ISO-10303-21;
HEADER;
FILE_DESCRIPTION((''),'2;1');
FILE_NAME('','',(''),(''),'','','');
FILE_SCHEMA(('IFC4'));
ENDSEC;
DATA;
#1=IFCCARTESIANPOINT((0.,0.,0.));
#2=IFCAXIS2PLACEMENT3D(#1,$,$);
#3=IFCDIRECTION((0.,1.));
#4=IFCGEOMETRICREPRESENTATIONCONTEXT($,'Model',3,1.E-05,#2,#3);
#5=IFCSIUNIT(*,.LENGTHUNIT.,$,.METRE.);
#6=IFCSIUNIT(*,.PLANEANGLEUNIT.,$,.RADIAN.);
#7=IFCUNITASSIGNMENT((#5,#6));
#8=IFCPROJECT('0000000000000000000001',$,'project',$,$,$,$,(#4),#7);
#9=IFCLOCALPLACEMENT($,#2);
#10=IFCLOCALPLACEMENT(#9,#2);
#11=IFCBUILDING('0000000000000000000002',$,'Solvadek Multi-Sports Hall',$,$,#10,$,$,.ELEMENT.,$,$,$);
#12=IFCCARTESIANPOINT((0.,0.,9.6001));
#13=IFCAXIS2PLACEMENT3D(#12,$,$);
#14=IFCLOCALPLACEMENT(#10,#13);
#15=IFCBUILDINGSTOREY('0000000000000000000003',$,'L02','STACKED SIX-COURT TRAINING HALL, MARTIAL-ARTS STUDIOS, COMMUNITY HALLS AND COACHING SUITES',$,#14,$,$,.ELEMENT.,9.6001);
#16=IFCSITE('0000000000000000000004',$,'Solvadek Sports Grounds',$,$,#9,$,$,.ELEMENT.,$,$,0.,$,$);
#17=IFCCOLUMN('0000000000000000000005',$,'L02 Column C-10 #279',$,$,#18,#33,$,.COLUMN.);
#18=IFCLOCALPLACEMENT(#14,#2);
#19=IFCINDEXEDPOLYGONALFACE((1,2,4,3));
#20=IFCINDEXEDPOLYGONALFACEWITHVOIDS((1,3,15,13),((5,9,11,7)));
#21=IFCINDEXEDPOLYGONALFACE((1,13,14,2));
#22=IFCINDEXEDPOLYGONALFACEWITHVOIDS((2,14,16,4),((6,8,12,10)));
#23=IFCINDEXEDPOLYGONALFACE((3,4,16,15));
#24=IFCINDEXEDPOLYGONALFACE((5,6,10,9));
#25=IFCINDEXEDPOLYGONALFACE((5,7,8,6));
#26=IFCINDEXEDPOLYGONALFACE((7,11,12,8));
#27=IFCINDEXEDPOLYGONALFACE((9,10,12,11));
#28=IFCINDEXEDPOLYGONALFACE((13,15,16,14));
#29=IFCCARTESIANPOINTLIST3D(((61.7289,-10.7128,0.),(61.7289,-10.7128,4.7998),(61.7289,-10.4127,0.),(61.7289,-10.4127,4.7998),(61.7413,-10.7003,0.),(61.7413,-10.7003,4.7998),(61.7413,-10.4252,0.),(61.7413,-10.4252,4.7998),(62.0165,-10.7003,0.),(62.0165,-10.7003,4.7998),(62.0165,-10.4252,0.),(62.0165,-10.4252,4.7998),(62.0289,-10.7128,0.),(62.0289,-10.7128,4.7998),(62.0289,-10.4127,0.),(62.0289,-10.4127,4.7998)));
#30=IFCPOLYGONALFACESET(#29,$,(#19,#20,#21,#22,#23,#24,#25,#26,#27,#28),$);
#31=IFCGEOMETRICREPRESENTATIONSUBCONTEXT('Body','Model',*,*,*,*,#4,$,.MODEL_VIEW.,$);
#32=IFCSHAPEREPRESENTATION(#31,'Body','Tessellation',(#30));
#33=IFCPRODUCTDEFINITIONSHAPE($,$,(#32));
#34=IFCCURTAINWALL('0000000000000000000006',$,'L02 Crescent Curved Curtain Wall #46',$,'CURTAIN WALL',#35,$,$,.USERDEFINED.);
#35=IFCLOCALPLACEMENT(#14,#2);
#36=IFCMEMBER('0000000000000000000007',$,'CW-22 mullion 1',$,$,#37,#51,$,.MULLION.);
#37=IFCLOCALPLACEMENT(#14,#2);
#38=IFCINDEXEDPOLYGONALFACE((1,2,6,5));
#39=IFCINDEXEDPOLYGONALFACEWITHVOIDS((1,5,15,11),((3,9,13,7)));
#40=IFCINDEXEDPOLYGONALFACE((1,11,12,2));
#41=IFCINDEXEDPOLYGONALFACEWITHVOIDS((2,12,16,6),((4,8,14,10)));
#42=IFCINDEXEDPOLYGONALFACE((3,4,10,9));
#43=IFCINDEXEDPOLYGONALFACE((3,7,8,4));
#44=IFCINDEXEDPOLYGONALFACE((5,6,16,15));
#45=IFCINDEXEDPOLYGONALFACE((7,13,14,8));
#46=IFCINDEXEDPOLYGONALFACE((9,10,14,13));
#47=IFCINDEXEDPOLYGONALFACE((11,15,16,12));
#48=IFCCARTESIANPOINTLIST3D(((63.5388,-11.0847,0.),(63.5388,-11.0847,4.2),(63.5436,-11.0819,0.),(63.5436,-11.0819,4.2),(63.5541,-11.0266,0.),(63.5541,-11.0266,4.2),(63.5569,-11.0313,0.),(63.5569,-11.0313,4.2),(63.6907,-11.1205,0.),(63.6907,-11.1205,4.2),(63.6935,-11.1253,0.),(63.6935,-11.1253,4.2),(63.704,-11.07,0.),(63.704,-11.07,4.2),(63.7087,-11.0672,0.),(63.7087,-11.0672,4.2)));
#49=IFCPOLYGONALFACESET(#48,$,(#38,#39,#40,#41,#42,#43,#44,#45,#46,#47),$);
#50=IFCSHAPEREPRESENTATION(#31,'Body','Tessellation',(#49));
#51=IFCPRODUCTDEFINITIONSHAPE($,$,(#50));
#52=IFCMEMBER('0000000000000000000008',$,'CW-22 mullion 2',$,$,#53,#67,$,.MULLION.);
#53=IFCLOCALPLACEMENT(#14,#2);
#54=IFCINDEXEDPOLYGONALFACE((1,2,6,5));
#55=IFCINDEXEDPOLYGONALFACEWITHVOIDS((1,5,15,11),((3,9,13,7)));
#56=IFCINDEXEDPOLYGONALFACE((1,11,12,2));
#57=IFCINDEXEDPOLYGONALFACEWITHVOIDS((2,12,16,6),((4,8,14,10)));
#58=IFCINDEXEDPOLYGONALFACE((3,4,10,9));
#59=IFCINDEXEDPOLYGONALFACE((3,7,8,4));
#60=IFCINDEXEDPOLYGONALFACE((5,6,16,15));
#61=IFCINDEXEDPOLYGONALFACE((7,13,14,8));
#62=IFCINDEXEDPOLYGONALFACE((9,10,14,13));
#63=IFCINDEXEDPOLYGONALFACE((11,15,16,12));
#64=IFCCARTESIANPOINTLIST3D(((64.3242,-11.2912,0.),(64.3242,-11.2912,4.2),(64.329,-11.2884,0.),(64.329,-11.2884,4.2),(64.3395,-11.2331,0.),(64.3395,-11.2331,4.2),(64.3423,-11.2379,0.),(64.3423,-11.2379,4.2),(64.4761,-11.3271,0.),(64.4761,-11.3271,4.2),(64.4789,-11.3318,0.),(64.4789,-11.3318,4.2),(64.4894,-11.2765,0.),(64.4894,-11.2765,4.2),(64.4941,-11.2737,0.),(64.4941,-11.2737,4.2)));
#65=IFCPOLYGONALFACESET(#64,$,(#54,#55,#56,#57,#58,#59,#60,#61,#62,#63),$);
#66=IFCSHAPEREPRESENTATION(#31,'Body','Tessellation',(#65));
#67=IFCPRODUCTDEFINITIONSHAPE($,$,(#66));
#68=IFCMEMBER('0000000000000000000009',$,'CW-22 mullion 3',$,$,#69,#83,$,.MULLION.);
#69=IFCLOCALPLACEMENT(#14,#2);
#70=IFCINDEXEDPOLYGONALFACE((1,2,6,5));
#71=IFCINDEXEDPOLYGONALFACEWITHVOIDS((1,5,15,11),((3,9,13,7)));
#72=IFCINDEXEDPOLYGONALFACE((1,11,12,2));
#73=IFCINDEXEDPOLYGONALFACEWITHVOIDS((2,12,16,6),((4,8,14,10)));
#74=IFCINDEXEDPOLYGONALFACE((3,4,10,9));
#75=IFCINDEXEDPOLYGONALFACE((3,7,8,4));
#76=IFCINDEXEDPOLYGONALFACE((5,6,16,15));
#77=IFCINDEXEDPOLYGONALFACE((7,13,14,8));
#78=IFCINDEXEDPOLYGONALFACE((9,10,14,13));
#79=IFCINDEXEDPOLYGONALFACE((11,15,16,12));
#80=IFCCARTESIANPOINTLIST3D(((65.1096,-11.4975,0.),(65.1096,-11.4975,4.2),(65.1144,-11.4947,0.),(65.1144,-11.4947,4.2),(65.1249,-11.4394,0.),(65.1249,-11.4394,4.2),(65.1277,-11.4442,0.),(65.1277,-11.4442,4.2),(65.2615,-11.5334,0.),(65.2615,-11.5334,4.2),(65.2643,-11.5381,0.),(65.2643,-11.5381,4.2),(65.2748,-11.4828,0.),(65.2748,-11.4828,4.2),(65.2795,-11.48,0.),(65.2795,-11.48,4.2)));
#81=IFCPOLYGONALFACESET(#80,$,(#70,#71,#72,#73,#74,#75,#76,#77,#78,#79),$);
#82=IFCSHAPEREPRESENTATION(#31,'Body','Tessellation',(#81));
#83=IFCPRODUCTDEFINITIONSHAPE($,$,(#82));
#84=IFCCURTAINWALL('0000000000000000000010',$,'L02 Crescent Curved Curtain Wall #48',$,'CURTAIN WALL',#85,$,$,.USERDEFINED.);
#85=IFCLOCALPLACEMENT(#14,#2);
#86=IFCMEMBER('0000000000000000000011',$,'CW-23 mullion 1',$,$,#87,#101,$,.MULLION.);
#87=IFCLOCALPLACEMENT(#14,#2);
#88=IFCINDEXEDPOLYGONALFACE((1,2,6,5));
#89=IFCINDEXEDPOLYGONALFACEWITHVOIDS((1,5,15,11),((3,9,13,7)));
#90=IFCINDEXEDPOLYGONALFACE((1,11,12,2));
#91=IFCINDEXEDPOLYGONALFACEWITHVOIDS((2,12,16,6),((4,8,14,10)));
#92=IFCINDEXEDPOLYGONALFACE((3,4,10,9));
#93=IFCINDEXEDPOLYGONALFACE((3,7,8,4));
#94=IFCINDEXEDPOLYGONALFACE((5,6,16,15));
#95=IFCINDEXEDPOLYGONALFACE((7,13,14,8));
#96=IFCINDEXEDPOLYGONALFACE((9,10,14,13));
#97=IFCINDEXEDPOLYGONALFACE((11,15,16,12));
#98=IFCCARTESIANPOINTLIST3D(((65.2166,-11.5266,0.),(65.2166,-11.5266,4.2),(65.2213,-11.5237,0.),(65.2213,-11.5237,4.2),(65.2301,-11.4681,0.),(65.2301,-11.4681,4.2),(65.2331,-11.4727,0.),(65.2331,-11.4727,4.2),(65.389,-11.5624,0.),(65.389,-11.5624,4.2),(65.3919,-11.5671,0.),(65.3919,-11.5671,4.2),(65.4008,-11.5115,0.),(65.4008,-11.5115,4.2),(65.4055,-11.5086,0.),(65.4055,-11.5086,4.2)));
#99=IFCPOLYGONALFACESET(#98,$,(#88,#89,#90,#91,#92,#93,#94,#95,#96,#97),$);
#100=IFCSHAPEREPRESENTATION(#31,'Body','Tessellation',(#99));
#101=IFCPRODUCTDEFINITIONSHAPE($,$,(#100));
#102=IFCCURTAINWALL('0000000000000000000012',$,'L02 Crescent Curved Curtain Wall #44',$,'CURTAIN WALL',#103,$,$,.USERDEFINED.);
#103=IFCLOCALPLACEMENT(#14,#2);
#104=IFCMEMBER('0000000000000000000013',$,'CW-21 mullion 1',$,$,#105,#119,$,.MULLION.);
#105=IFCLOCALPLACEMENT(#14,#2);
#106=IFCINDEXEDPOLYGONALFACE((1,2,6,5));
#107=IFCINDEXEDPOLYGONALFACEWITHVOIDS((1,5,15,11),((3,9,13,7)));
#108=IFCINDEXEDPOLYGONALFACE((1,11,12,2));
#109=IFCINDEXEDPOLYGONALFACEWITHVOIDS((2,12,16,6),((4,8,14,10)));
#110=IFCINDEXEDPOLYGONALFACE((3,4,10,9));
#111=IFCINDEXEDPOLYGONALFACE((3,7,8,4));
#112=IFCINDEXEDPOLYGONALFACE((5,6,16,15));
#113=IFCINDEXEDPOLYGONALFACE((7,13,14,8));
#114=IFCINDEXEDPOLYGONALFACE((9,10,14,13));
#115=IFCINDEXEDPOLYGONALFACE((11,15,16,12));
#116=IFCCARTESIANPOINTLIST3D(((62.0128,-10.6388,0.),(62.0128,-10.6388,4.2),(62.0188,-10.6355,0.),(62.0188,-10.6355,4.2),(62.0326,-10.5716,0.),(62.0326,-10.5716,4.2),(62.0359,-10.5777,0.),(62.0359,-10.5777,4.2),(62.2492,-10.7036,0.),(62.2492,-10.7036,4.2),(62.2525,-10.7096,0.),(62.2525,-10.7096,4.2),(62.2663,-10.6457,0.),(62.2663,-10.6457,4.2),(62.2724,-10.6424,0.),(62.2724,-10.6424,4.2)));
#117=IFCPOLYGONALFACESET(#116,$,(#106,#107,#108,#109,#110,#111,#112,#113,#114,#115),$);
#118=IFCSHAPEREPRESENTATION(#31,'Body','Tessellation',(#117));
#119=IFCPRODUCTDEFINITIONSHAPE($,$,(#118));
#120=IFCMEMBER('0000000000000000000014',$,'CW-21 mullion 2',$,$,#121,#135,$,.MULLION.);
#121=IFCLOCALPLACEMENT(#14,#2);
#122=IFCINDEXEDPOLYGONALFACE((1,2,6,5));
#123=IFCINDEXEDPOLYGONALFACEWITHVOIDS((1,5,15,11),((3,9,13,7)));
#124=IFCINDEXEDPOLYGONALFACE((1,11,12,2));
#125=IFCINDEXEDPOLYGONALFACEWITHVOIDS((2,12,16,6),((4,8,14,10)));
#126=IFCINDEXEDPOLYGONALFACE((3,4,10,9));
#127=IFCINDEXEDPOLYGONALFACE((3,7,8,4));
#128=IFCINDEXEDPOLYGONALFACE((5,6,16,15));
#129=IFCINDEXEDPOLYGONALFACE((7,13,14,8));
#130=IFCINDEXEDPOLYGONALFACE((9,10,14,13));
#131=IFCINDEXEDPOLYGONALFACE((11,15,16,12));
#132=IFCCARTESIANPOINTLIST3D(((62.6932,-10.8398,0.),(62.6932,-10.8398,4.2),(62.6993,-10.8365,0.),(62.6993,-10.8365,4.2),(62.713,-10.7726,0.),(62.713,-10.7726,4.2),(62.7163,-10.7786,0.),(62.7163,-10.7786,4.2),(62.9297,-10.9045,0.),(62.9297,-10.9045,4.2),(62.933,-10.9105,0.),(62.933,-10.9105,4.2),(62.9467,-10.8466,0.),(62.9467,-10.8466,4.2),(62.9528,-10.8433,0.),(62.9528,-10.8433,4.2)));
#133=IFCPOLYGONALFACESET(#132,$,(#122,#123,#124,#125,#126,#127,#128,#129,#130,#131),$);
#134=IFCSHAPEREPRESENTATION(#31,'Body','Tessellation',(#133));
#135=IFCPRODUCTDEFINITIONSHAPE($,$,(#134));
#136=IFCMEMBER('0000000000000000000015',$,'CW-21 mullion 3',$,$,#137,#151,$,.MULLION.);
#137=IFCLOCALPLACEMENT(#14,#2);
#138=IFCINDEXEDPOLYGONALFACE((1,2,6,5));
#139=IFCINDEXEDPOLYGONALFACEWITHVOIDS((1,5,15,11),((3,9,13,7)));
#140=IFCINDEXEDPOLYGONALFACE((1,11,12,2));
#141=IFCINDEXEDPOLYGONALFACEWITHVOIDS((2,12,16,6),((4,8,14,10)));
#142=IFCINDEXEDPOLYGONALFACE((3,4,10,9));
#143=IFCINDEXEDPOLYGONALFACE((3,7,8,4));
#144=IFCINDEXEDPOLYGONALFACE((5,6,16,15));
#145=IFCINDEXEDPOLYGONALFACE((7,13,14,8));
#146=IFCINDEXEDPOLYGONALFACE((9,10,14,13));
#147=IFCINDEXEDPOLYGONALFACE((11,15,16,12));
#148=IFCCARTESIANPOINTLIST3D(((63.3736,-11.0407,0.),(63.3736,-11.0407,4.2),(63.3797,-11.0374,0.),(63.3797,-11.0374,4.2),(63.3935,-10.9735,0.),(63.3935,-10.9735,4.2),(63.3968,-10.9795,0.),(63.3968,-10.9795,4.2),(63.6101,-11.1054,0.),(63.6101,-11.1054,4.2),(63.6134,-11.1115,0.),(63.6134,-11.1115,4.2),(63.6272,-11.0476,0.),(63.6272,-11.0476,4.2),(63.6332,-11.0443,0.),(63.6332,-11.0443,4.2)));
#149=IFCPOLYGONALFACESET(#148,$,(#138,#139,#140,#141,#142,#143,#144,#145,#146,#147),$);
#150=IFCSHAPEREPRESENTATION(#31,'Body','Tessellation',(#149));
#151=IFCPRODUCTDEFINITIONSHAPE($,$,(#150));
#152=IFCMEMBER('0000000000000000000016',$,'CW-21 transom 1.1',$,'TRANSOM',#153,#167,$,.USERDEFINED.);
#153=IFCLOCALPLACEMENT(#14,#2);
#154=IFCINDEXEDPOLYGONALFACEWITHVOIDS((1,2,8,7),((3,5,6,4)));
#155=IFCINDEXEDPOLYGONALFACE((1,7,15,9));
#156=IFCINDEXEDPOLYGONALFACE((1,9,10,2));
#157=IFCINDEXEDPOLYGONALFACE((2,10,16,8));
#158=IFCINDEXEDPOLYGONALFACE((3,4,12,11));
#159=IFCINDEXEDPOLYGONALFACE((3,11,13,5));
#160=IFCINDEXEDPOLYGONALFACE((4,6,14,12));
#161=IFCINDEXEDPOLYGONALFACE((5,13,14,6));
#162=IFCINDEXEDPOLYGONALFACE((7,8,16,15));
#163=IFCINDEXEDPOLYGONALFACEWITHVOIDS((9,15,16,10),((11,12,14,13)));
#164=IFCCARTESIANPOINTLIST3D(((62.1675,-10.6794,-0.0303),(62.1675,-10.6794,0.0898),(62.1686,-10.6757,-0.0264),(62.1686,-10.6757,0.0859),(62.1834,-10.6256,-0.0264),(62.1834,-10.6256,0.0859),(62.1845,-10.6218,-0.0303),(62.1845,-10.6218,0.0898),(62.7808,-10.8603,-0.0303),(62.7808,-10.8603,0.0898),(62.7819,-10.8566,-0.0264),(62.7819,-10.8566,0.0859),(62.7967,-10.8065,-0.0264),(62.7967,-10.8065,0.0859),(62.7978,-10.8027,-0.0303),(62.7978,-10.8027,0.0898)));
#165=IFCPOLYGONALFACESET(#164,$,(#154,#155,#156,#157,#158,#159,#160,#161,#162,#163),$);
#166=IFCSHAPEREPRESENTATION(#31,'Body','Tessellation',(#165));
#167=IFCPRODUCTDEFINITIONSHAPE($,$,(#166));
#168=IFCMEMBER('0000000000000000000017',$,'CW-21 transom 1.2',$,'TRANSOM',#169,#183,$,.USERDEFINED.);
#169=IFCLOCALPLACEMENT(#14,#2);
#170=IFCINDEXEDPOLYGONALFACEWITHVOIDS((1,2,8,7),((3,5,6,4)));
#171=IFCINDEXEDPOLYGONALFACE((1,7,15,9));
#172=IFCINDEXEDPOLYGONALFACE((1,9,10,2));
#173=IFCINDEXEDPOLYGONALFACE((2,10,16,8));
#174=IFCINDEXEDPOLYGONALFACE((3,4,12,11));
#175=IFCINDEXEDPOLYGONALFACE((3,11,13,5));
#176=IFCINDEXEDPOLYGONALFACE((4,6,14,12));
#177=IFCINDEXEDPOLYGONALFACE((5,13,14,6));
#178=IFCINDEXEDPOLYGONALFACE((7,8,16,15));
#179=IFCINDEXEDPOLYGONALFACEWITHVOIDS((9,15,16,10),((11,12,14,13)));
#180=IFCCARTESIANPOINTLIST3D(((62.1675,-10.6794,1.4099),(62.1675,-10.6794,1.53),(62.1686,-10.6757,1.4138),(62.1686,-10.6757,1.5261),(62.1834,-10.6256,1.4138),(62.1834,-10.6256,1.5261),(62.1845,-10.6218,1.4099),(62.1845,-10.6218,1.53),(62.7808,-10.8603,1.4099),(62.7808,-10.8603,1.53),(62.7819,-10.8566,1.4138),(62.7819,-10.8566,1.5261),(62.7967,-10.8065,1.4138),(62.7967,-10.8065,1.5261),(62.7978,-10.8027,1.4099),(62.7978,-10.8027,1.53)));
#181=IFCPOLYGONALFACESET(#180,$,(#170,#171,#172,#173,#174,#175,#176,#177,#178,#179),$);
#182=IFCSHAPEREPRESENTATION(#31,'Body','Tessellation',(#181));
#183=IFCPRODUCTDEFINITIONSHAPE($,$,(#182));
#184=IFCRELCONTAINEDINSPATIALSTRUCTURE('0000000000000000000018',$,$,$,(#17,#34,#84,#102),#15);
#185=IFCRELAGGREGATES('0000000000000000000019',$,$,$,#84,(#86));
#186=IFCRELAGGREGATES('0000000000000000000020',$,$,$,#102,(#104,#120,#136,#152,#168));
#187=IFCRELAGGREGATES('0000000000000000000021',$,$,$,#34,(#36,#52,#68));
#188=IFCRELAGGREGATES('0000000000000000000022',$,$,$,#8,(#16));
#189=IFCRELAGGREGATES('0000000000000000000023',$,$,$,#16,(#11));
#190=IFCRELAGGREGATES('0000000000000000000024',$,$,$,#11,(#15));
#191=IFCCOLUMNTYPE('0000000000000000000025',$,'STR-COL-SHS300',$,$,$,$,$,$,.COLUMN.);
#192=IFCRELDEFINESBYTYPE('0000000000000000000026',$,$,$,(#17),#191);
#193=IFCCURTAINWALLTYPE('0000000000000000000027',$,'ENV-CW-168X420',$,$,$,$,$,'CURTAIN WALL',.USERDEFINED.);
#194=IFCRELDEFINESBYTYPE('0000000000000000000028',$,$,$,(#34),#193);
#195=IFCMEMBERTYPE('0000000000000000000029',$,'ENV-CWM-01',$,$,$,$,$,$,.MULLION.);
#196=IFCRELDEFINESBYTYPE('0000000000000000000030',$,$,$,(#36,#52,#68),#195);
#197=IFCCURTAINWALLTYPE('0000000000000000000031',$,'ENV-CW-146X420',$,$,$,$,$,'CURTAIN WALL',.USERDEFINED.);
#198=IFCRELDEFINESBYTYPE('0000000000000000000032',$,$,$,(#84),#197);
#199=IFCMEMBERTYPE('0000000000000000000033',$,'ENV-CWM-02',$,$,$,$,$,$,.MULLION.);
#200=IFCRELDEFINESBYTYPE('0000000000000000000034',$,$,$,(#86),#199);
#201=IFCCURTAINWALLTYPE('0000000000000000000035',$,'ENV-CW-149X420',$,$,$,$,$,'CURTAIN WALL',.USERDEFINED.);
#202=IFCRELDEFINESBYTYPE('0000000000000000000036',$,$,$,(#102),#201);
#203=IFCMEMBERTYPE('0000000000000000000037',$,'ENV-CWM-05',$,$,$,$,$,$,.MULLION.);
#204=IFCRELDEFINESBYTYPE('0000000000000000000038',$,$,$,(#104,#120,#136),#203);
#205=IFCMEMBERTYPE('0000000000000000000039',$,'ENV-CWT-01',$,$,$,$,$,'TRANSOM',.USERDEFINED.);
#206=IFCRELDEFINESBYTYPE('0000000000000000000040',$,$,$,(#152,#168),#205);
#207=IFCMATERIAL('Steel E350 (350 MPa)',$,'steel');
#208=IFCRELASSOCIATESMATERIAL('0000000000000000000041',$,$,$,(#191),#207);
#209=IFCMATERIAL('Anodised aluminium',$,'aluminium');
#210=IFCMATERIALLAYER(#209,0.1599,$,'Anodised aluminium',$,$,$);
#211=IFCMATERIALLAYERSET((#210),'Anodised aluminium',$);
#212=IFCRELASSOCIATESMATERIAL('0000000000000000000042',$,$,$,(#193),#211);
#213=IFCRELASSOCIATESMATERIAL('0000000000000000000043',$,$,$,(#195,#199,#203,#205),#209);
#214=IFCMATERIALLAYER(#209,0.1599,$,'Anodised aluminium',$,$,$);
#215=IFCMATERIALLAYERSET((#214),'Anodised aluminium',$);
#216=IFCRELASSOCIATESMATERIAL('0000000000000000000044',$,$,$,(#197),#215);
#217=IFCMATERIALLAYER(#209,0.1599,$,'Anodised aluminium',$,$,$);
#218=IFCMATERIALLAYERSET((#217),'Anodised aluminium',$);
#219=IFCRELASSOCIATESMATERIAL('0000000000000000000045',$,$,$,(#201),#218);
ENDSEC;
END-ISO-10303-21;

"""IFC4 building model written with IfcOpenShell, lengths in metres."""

from ifc_helpers import new_model, si_unit, direction, frame, origin, origin_2d, place, context, subcontext, project, spatial, hollow_rectangle, extrude, material, layer, layer_set, material_profile, profile_set, type_object, element, aggregate, save


model = new_model("IFC4")

# Units and contexts
model_context = context("Model", 3, precision=1e-05, world=origin(), true_north=direction((0.0, 1.0)))
body_context = subcontext(model_context, "Body", "Model", "MODEL_VIEW")
ifc_project = project(units=[si_unit("LENGTHUNIT", "METRE"), si_unit("PLANEANGLEUNIT", "RADIAN")], contexts=[model_context])

# Site, building, storey
site_placement = place(None, origin())
site = spatial("IfcSite", under=ifc_project, at=site_placement, Name="Solvadek Sports Grounds", CompositionType="ELEMENT", RefElevation=0.0)
building_placement = place(site_placement, origin())
building = spatial("IfcBuilding", under=site, at=building_placement, Name="Solvadek Multi-Sports Hall", CompositionType="ELEMENT")
storey_placement = place(building_placement, frame((0.0, 0.0, 9.6001)))
storey = spatial("IfcBuildingStorey", under=building, at=storey_placement, Name="L02", Description="STACKED SIX-COURT TRAINING HALL, MARTIAL-ARTS STUDIOS, COMMUNITY HALLS AND COACHING SUITES", CompositionType="ELEMENT", Elevation=9.6001)

# Column
ifc_material_1 = material(Name="Steel E350 (350 MPa)", Category="steel")
ifc_material_profile_1 = material_profile(ifc_material_1, hollow_rectangle(XDim=0.3, YDim=0.3, WallThickness=0.0125, at=origin_2d()), Name="SHS 300x300x12.5")
ifc_profile_set_1 = profile_set([ifc_material_profile_1], Name="Steel E350 (350 MPa)")
column_type = type_object("IfcColumnType", Name="STR-COL-SHS300", PredefinedType="COLUMN", material=ifc_profile_set_1)
column_placement = place(storey_placement, frame((61.8789, -10.5627, 0.0), z_axis=(0.0, 0.0, 1.0), x_axis=(1.0, 0.0, 0.0)))
element("IfcColumn", 1, at=column_placement, inside=storey, type_object=column_type, Name="L02 Column C-10 #279", PredefinedType="COLUMN", context=body_context, shape_type="SweptSolid", body=[
    extrude(hollow_rectangle(XDim=0.3, YDim=0.3, WallThickness=0.0125, at=origin_2d()), origin(), (0.0, 0.0, 1.0), 4.7998),
])

# Curtain wall, members
ifc_material_2 = material(Name="Anodised aluminium", Category="aluminium")
ifc_layer_1 = layer(ifc_material_2, 0.1599, Name="Anodised aluminium")
ifc_layer_set_1 = layer_set([ifc_layer_1], Name="Anodised aluminium")
curtain_wall_type_1 = type_object("IfcCurtainWallType", Name="ENV-CW-168X420", ElementType="CURTAIN WALL", PredefinedType="USERDEFINED", material=ifc_layer_set_1)
curtain_wall_1_placement = place(storey_placement, origin())
curtain_wall_1 = element("IfcCurtainWall", 2, at=curtain_wall_1_placement, inside=storey, type_object=curtain_wall_type_1, Name="L02 Crescent Curved Curtain Wall #46", ObjectType="CURTAIN WALL", PredefinedType="USERDEFINED")
ifc_material_profile_2 = material_profile(ifc_material_2, hollow_rectangle(XDim=0.0601, YDim=0.1599, WallThickness=0.0039, at=origin_2d()), Name="ALU-M 160x60x4")
ifc_profile_set_2 = profile_set([ifc_material_profile_2], Name="Anodised aluminium")
member_type_1 = type_object("IfcMemberType", Name="ENV-CWM-01", PredefinedType="MULLION", material=ifc_profile_set_2)
member_1_placement = place(storey_placement, frame((63.6238, -11.0759, 0.0), z_axis=(0.0, 0.0, 1.0), x_axis=(0.254143, 0.967167, 0.0)))
member_1 = element("IfcMember", 3, at=member_1_placement, type_object=member_type_1, Name="CW-22 mullion 1", PredefinedType="MULLION", context=body_context, shape_type="SweptSolid", body=[
    extrude(hollow_rectangle(XDim=0.0601, YDim=0.1599, WallThickness=0.0039, at=origin_2d()), origin(), (0.0, 0.0, 1.0), 4.2),
])
member_2_placement = place(storey_placement, frame((64.4092, -11.2825, 0.0), z_axis=(0.0, 0.0, 1.0), x_axis=(0.254143, 0.967167, 0.0)))
member_2 = element("IfcMember", 4, at=member_2_placement, type_object=member_type_1, Name="CW-22 mullion 2", PredefinedType="MULLION", context=body_context, shape_type="SweptSolid", body=[
    extrude(hollow_rectangle(XDim=0.0601, YDim=0.1599, WallThickness=0.0039, at=origin_2d()), origin(), (0.0, 0.0, 1.0), 4.2),
])
member_3_placement = place(storey_placement, frame((65.1946, -11.4888, 0.0), z_axis=(0.0, 0.0, 1.0), x_axis=(0.254143, 0.967167, 0.0)))
member_3 = element("IfcMember", 5, at=member_3_placement, type_object=member_type_1, Name="CW-22 mullion 3", PredefinedType="MULLION", context=body_context, shape_type="SweptSolid", body=[
    extrude(hollow_rectangle(XDim=0.0601, YDim=0.1599, WallThickness=0.0039, at=origin_2d()), origin(), (0.0, 0.0, 1.0), 4.2),
])

# Curtain wall, member
ifc_layer_2 = layer(ifc_material_2, 0.1599, Name="Anodised aluminium")
ifc_layer_set_2 = layer_set([ifc_layer_2], Name="Anodised aluminium")
curtain_wall_type_2 = type_object("IfcCurtainWallType", Name="ENV-CW-146X420", ElementType="CURTAIN WALL", PredefinedType="USERDEFINED", material=ifc_layer_set_2)
curtain_wall_2_placement = place(storey_placement, origin())
curtain_wall_2 = element("IfcCurtainWall", 6, at=curtain_wall_2_placement, inside=storey, type_object=curtain_wall_type_2, Name="L02 Crescent Curved Curtain Wall #48", ObjectType="CURTAIN WALL", PredefinedType="USERDEFINED")
ifc_material_profile_3 = material_profile(ifc_material_2, hollow_rectangle(XDim=0.0601, YDim=0.1799, WallThickness=0.0039, at=origin_2d()), Name="ALU-M 180x60x4")
ifc_profile_set_3 = profile_set([ifc_material_profile_3], Name="Anodised aluminium")
member_type_2 = type_object("IfcMemberType", Name="ENV-CWM-02", PredefinedType="MULLION", material=ifc_profile_set_3)
member_4_placement = place(storey_placement, frame((65.311, -11.5176, 0.0), z_axis=(0.0, 0.0, 1.0), x_axis=(0.225189, 0.974315, 0.0)))
member_4 = element("IfcMember", 7, at=member_4_placement, type_object=member_type_2, Name="CW-23 mullion 1", PredefinedType="MULLION", context=body_context, shape_type="SweptSolid", body=[
    extrude(hollow_rectangle(XDim=0.0601, YDim=0.1799, WallThickness=0.0039, at=origin_2d()), origin(), (0.0, 0.0, 1.0), 4.2),
])

# Curtain wall, members
ifc_layer_3 = layer(ifc_material_2, 0.1599, Name="Anodised aluminium")
ifc_layer_set_3 = layer_set([ifc_layer_3], Name="Anodised aluminium")
curtain_wall_type_3 = type_object("IfcCurtainWallType", Name="ENV-CW-149X420", ElementType="CURTAIN WALL", PredefinedType="USERDEFINED", material=ifc_layer_set_3)
curtain_wall_3_placement = place(storey_placement, origin())
curtain_wall_3 = element("IfcCurtainWall", 8, at=curtain_wall_3_placement, inside=storey, type_object=curtain_wall_type_3, Name="L02 Crescent Curved Curtain Wall #44", ObjectType="CURTAIN WALL", PredefinedType="USERDEFINED")
ifc_material_profile_4 = material_profile(ifc_material_2, hollow_rectangle(XDim=0.0701, YDim=0.25, WallThickness=0.0049, at=origin_2d()), Name="ALU-M 250x70x5")
ifc_profile_set_4 = profile_set([ifc_material_profile_4], Name="Anodised aluminium")
member_type_3 = type_object("IfcMemberType", Name="ENV-CWM-05", PredefinedType="MULLION", material=ifc_profile_set_4)
member_5_placement = place(storey_placement, frame((62.1426, -10.6406, 0.0), z_axis=(0.0, 0.0, 1.0), x_axis=(0.283173, 0.959069, 0.0)))
member_5 = element("IfcMember", 9, at=member_5_placement, type_object=member_type_3, Name="CW-21 mullion 1", PredefinedType="MULLION", context=body_context, shape_type="SweptSolid", body=[
    extrude(hollow_rectangle(XDim=0.0701, YDim=0.25, WallThickness=0.0049, at=origin_2d()), origin(), (0.0, 0.0, 1.0), 4.2),
])
member_6_placement = place(storey_placement, frame((62.823, -10.8416, 0.0), z_axis=(0.0, 0.0, 1.0), x_axis=(0.283173, 0.959069, 0.0)))
member_6 = element("IfcMember", 10, at=member_6_placement, type_object=member_type_3, Name="CW-21 mullion 2", PredefinedType="MULLION", context=body_context, shape_type="SweptSolid", body=[
    extrude(hollow_rectangle(XDim=0.0701, YDim=0.25, WallThickness=0.0049, at=origin_2d()), origin(), (0.0, 0.0, 1.0), 4.2),
])
member_7_placement = place(storey_placement, frame((63.5034, -11.0425, 0.0), z_axis=(0.0, 0.0, 1.0), x_axis=(0.283173, 0.959069, 0.0)))
member_7 = element("IfcMember", 11, at=member_7_placement, type_object=member_type_3, Name="CW-21 mullion 3", PredefinedType="MULLION", context=body_context, shape_type="SweptSolid", body=[
    extrude(hollow_rectangle(XDim=0.0701, YDim=0.25, WallThickness=0.0049, at=origin_2d()), origin(), (0.0, 0.0, 1.0), 4.2),
])
ifc_material_profile_5 = material_profile(ifc_material_2, hollow_rectangle(XDim=0.0601, YDim=0.1201, WallThickness=0.0039, at=origin_2d()), Name="ALU-T 120x60x4")
ifc_profile_set_5 = profile_set([ifc_material_profile_5], Name="Anodised aluminium")
member_type_4 = type_object("IfcMemberType", Name="ENV-CWT-01", ElementType="TRANSOM", PredefinedType="USERDEFINED", material=ifc_profile_set_5)
member_8_placement = place(storey_placement, frame((62.176, -10.6506, 0.0298), z_axis=(0.95914, -0.282931, 0.0), x_axis=(0.282931, 0.95914, 0.0)))
member_8 = element("IfcMember", 12, at=member_8_placement, type_object=member_type_4, Name="CW-21 transom 1.1", ObjectType="TRANSOM", PredefinedType="USERDEFINED", context=body_context, shape_type="SweptSolid", body=[
    extrude(hollow_rectangle(XDim=0.0601, YDim=0.1201, WallThickness=0.0039, at=origin_2d()), origin(), (0.0, 0.0, 1.0), 0.6394),
])
member_9_placement = place(storey_placement, frame((62.176, -10.6506, 1.47), z_axis=(0.95914, -0.282931, 0.0), x_axis=(0.282931, 0.95914, 0.0)))
member_9 = element("IfcMember", 13, at=member_9_placement, type_object=member_type_4, Name="CW-21 transom 1.2", ObjectType="TRANSOM", PredefinedType="USERDEFINED", context=body_context, shape_type="SweptSolid", body=[
    extrude(hollow_rectangle(XDim=0.0601, YDim=0.1201, WallThickness=0.0039, at=origin_2d()), origin(), (0.0, 0.0, 1.0), 0.6394),
])

aggregate(curtain_wall_2, [member_4])

aggregate(curtain_wall_3, [member_5, member_6, member_7, member_8, member_9])
aggregate(curtain_wall_1, [member_1, member_2, member_3])

save(model, "model.ifc")
